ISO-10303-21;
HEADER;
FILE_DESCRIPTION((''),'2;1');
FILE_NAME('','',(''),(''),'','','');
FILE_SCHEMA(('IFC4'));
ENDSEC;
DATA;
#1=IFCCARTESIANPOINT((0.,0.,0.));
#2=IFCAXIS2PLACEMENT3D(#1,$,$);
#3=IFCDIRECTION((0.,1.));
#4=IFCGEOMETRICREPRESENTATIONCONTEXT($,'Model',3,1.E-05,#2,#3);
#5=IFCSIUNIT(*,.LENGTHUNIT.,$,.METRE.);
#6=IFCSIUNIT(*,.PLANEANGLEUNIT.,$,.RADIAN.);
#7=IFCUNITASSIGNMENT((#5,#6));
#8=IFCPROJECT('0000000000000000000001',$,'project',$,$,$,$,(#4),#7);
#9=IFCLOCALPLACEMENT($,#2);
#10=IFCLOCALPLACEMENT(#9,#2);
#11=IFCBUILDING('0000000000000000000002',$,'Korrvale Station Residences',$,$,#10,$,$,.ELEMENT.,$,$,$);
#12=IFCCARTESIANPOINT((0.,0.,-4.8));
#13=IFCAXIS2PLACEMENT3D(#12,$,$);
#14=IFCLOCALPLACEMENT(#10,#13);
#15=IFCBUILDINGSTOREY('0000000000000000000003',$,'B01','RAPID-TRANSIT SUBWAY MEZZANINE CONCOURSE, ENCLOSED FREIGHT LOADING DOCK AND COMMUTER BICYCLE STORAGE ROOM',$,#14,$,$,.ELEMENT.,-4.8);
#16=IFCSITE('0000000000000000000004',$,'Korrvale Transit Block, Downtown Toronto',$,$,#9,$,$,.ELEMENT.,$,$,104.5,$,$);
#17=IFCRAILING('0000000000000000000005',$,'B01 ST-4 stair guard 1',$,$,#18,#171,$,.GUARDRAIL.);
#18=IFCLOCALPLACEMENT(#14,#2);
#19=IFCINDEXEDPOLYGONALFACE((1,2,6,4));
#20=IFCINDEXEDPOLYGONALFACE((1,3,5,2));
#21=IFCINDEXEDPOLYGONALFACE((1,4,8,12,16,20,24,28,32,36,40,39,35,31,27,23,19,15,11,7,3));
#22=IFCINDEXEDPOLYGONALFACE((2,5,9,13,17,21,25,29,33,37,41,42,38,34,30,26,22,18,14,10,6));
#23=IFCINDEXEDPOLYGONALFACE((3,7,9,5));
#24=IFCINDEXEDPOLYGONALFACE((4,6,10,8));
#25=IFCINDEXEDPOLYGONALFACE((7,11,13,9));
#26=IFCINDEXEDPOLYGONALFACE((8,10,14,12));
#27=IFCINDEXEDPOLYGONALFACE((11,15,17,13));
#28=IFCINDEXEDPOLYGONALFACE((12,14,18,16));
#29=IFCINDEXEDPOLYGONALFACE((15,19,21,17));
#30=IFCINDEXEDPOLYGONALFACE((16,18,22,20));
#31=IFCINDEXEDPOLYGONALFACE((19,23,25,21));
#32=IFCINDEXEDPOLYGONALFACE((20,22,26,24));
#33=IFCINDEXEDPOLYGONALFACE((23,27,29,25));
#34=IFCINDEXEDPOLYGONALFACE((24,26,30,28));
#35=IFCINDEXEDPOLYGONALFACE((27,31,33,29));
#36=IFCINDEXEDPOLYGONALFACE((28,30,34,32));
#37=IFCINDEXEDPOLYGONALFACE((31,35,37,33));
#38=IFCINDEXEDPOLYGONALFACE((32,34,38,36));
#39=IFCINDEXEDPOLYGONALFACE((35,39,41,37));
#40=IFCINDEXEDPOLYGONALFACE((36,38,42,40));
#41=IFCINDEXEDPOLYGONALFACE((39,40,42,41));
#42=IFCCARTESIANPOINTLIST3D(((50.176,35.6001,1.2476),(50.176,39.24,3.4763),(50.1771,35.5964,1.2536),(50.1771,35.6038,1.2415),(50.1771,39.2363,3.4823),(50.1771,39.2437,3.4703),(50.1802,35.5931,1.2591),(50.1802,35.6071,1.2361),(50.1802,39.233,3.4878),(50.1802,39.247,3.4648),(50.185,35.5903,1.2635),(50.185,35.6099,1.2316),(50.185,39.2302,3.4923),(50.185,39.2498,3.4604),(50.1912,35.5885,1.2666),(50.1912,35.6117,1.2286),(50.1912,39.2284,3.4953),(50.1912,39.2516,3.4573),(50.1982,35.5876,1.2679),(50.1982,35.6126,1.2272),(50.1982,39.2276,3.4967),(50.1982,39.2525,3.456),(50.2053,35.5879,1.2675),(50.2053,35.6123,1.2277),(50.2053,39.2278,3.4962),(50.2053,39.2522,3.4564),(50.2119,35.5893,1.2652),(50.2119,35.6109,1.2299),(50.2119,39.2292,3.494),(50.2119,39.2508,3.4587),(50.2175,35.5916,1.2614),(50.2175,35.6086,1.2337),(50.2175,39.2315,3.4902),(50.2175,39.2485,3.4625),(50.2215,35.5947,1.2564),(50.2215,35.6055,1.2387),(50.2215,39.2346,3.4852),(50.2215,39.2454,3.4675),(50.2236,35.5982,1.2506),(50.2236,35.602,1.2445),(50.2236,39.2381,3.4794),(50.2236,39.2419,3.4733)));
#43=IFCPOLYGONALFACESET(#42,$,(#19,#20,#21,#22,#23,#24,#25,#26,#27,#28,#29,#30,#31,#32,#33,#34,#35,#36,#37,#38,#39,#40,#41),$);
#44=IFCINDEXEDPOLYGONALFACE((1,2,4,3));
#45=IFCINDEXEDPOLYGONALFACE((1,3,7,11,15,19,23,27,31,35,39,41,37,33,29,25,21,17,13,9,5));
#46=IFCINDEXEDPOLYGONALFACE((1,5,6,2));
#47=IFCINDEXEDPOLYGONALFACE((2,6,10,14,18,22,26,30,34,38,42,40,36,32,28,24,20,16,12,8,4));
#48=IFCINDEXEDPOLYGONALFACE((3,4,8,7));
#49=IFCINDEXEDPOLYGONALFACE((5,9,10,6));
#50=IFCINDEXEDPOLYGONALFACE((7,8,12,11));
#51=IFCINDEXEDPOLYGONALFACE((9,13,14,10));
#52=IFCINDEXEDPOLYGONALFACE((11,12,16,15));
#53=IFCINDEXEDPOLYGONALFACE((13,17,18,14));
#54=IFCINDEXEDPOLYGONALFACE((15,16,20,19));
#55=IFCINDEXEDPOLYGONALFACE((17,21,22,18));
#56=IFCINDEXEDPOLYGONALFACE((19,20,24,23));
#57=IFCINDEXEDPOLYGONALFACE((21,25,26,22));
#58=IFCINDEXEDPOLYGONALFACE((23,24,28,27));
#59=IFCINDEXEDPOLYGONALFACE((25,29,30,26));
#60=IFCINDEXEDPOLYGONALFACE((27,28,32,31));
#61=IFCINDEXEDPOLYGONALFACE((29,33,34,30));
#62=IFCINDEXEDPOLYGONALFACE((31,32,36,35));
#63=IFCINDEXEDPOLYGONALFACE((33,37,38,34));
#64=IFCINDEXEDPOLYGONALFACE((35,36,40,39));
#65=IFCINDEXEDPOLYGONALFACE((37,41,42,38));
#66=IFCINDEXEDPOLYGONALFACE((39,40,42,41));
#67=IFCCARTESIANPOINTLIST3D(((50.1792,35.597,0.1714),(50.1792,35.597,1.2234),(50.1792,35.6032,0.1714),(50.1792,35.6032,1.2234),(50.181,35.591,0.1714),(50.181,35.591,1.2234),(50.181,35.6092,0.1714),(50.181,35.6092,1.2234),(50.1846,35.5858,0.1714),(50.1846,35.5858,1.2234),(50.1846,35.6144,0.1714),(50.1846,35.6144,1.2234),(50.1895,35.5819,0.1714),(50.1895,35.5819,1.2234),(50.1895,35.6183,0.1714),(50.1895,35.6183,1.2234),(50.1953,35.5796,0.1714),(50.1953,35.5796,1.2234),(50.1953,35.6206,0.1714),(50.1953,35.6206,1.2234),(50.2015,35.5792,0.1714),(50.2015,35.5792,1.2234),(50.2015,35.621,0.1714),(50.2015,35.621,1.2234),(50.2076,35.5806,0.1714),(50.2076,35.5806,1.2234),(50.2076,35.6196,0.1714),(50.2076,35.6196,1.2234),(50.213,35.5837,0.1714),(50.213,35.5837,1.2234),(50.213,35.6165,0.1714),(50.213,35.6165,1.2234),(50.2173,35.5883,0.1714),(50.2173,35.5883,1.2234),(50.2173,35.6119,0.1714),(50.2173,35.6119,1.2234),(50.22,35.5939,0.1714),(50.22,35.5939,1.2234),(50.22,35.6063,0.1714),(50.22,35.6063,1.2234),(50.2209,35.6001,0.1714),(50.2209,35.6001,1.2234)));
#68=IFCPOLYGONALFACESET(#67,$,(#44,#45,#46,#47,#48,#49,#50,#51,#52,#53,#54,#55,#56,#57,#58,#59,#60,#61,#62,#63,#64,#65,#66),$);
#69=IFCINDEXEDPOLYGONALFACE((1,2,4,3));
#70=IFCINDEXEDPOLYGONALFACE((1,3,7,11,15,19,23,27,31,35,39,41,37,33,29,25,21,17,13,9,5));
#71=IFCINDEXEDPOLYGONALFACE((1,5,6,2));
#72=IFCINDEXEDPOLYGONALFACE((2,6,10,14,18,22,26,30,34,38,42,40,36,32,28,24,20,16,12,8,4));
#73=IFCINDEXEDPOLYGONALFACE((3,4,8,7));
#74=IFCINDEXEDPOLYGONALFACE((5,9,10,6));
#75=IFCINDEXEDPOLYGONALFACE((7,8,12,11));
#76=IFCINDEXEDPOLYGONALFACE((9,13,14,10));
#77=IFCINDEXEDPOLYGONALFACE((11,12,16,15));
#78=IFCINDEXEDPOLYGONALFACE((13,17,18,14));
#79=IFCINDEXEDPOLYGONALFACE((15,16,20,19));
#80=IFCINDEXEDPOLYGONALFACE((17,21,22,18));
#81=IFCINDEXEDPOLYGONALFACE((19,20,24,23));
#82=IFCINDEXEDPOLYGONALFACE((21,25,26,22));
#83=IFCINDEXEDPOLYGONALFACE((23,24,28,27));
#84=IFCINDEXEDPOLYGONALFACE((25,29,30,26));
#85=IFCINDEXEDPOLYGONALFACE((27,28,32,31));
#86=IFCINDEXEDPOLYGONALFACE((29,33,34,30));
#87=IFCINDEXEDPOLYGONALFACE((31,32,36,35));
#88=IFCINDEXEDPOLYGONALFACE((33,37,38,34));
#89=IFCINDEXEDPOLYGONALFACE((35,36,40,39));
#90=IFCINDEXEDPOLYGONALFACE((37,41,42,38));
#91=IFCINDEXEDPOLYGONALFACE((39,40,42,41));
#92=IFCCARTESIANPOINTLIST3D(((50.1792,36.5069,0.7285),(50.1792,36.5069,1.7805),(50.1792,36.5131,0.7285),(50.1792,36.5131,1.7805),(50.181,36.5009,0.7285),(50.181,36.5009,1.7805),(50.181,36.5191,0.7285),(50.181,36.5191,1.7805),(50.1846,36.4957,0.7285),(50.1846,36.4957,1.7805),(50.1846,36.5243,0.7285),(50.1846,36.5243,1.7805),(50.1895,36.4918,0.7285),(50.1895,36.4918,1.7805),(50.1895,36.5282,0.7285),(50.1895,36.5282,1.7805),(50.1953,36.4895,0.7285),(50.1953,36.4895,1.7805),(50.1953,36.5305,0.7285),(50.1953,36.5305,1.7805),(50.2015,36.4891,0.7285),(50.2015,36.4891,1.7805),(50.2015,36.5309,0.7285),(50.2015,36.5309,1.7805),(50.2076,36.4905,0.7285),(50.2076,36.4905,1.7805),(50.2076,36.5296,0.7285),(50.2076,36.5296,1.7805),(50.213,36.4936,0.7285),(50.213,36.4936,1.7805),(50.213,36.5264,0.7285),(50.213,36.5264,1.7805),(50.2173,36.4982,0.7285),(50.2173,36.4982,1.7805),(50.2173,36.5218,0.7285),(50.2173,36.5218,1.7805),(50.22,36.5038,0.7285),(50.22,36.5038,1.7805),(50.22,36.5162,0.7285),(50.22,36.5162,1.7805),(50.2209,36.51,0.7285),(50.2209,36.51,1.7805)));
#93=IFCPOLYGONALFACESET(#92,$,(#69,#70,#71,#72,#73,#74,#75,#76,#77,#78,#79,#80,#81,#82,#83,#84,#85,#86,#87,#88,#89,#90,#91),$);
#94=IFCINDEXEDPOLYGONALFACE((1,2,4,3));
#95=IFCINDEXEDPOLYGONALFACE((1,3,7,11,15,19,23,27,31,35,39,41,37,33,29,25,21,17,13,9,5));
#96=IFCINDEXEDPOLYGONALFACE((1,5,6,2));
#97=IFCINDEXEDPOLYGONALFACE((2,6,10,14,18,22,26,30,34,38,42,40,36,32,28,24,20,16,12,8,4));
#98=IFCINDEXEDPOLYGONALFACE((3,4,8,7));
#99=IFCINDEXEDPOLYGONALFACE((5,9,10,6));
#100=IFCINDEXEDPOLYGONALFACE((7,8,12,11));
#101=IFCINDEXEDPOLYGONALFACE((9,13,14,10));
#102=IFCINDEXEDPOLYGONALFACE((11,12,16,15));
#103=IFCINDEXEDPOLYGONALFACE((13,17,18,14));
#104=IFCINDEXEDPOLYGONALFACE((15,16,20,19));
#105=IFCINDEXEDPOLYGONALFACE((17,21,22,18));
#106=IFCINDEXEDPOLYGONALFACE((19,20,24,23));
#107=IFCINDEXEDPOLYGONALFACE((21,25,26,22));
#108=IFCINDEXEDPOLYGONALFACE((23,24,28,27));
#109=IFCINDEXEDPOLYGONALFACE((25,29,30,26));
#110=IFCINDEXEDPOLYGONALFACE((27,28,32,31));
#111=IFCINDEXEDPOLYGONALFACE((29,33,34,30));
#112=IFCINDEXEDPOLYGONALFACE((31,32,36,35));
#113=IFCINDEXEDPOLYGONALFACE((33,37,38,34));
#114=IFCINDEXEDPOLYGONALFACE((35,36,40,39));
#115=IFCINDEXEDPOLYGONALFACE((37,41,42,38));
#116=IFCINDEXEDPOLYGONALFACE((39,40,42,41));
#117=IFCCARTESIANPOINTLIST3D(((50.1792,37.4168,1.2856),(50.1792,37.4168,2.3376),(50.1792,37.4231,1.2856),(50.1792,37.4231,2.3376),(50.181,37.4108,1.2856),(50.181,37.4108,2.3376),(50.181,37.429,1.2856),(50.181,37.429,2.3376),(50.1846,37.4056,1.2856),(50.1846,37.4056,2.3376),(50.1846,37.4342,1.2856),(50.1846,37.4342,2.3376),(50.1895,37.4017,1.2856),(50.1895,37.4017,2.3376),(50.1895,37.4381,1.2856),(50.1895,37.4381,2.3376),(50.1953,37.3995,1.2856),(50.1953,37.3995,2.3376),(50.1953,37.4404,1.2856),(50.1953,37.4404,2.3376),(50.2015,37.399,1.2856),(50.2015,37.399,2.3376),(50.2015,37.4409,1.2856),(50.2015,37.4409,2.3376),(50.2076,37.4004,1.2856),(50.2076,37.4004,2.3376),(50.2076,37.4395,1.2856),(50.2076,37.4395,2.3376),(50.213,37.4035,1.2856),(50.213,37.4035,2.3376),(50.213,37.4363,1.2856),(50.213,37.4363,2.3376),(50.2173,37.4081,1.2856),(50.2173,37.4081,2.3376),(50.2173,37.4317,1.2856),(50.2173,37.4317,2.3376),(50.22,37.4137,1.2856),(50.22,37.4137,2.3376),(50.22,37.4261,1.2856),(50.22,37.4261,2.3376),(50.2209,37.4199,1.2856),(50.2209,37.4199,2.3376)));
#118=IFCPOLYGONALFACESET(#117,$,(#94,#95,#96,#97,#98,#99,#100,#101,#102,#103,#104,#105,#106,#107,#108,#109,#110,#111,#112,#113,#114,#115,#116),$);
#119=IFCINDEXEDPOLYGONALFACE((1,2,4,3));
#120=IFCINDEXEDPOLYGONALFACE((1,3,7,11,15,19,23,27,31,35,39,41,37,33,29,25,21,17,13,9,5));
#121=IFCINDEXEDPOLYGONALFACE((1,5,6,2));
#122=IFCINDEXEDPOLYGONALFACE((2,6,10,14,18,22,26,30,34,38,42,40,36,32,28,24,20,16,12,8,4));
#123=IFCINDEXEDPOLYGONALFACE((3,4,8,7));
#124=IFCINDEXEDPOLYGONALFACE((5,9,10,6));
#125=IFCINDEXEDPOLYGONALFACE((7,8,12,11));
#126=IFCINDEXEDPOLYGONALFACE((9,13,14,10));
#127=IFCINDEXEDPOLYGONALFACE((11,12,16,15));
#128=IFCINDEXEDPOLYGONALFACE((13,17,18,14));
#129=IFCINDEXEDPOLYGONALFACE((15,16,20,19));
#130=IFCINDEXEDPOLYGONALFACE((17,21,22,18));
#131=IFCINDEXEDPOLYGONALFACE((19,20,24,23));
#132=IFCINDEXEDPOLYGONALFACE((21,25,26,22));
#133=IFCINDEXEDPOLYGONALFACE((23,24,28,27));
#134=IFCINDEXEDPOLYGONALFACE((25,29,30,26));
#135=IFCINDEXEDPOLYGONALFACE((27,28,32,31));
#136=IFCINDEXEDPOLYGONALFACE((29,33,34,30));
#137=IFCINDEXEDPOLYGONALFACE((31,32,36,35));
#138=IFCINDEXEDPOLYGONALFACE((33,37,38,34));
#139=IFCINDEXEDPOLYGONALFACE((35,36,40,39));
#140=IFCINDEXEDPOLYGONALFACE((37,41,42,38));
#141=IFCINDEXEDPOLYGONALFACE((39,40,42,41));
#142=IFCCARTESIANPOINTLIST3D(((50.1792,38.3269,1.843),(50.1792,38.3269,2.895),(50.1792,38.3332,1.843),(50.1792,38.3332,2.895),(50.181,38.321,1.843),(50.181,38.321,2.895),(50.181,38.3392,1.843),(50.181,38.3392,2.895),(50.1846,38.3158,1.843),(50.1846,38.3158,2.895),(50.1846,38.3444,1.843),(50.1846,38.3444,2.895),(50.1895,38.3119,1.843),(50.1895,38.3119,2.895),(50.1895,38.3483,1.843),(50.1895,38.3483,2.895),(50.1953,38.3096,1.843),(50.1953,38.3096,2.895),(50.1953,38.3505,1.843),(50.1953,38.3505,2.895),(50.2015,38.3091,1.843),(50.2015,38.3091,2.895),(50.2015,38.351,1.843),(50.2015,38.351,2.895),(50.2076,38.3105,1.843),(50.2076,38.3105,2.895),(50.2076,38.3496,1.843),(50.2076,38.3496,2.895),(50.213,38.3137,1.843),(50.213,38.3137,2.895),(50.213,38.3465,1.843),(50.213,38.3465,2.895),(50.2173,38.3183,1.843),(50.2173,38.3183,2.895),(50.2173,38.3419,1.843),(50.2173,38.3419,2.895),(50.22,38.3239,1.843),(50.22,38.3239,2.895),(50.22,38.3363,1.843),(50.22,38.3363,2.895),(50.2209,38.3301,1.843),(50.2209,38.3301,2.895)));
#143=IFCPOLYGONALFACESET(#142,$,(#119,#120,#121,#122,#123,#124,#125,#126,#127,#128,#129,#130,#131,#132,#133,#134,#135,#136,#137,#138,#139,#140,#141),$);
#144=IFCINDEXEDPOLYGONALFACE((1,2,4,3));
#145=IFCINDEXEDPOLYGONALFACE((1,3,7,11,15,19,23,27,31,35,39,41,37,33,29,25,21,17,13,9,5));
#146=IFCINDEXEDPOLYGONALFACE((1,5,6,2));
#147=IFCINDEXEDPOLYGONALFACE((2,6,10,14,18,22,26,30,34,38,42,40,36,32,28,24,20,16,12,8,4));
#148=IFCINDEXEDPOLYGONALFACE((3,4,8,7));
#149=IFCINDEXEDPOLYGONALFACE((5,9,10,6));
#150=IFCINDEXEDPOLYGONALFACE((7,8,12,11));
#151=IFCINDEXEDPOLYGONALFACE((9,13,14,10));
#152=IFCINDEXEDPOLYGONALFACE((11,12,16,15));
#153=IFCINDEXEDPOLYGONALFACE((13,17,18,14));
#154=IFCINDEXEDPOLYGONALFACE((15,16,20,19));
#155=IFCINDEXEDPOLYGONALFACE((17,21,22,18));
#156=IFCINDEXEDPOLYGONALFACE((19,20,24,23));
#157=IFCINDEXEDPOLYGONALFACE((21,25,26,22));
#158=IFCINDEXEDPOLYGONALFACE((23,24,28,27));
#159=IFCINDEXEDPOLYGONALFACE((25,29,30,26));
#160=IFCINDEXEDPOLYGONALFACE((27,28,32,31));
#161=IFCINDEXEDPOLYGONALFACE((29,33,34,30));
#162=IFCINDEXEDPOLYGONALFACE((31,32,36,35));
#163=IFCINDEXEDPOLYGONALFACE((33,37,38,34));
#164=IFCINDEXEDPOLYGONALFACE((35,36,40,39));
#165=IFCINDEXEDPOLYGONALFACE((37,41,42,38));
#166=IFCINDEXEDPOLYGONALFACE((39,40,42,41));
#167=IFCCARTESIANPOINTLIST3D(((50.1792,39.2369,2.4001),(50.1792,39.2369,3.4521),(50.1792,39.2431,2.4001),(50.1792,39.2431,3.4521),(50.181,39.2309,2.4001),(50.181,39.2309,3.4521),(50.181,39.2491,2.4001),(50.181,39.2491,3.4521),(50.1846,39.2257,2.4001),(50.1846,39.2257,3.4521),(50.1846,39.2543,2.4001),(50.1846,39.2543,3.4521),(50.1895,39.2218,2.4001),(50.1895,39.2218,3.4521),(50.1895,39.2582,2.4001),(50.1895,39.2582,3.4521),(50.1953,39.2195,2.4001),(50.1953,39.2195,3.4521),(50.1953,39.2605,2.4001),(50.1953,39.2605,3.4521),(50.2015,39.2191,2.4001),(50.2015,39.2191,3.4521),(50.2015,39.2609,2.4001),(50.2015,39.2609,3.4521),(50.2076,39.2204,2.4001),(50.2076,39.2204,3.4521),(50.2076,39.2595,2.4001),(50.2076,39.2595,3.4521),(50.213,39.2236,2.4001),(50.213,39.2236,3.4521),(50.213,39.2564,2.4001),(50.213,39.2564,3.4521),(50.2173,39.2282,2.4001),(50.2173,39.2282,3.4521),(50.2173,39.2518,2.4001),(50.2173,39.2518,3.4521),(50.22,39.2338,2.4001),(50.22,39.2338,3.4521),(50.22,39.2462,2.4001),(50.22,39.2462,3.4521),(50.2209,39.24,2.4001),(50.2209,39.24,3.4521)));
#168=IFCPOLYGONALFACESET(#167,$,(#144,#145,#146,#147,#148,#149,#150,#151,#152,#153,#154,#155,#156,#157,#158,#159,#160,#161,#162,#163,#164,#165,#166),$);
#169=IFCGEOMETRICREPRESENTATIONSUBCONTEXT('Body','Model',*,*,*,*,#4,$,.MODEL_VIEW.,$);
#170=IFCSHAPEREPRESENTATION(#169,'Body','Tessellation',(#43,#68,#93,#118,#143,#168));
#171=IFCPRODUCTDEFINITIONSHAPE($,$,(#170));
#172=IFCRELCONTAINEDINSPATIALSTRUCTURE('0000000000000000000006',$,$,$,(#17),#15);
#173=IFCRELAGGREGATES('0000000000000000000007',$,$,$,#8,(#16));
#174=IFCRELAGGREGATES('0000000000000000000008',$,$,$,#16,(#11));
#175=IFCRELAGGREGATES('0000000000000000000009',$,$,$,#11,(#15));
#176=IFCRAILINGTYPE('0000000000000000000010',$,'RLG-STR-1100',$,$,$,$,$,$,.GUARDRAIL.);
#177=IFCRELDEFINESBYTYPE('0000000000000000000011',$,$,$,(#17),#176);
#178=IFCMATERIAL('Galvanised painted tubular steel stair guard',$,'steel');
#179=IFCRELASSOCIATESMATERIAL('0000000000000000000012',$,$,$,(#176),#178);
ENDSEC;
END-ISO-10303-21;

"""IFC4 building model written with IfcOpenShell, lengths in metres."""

from ifc_helpers import new_model, si_unit, direction, frame, origin, origin_2d, place, context, subcontext, project, spatial, circle, extrude, material, type_object, element, save


model = new_model("IFC4")

# Units and contexts
model_context = context("Model", 3, precision=1e-05, world=origin(), true_north=direction((0.0, 1.0)))
body_context = subcontext(model_context, "Body", "Model", "MODEL_VIEW")
ifc_project = project(units=[si_unit("LENGTHUNIT", "METRE"), si_unit("PLANEANGLEUNIT", "RADIAN")], contexts=[model_context])

# Site, building, storey
site_placement = place(None, origin())
site = spatial("IfcSite", under=ifc_project, at=site_placement, Name="Korrvale Transit Block, Downtown Toronto", CompositionType="ELEMENT", RefElevation=104.5)
building_placement = place(site_placement, origin())
building = spatial("IfcBuilding", under=site, at=building_placement, Name="Korrvale Station Residences", CompositionType="ELEMENT")
storey_placement = place(building_placement, frame((0.0, 0.0, -4.8)))
storey = spatial("IfcBuildingStorey", under=building, at=storey_placement, Name="B01", Description="RAPID-TRANSIT SUBWAY MEZZANINE CONCOURSE, ENCLOSED FREIGHT LOADING DOCK AND COMMUTER BICYCLE STORAGE ROOM", CompositionType="ELEMENT", Elevation=-4.8)

# Railing
ifc_material_1 = material(Name="Galvanised painted tubular steel stair guard", Category="steel")
railing_type_1 = type_object("IfcRailingType", Name="RLG-STR-1100", PredefinedType="GUARDRAIL", material=ifc_material_1)
railing_1_placement = place(storey_placement, frame((50.2, 35.6001, 0.1714)))
element("IfcRailing", 1, at=railing_1_placement, inside=storey, type_object=railing_type_1, Name="B01 ST-4 stair guard 1", PredefinedType="GUARDRAIL", context=body_context, shape_type="SweptSolid", body=[
    extrude(circle(Radius=0.0239, at=origin_2d()), frame((0.0, 0.0, 1.0762), z_axis=(0.0, 0.852825, 0.522197), x_axis=(-1.0, 0.0, 0.0)), (0.0, 0.0, 1.0), 4.2681),
    extrude(circle(Radius=0.021, at=origin_2d()), origin(), (0.0, 0.0, 1.0), 1.052),
    extrude(circle(Radius=0.021, at=origin_2d()), frame((0.0, 0.9099, 0.5571)), (0.0, 0.0, 1.0), 1.052),
    extrude(circle(Radius=0.021, at=origin_2d()), frame((0.0, 1.8198, 1.1143)), (0.0, 0.0, 1.0), 1.052),
    extrude(circle(Radius=0.021, at=origin_2d()), frame((0.0, 2.73, 1.6716)), (0.0, 0.0, 1.0), 1.052),
    extrude(circle(Radius=0.021, at=origin_2d()), frame((0.0, 3.6399, 2.2288)), (0.0, 0.0, 1.0), 1.052),
])

save(model, "model.ifc")
